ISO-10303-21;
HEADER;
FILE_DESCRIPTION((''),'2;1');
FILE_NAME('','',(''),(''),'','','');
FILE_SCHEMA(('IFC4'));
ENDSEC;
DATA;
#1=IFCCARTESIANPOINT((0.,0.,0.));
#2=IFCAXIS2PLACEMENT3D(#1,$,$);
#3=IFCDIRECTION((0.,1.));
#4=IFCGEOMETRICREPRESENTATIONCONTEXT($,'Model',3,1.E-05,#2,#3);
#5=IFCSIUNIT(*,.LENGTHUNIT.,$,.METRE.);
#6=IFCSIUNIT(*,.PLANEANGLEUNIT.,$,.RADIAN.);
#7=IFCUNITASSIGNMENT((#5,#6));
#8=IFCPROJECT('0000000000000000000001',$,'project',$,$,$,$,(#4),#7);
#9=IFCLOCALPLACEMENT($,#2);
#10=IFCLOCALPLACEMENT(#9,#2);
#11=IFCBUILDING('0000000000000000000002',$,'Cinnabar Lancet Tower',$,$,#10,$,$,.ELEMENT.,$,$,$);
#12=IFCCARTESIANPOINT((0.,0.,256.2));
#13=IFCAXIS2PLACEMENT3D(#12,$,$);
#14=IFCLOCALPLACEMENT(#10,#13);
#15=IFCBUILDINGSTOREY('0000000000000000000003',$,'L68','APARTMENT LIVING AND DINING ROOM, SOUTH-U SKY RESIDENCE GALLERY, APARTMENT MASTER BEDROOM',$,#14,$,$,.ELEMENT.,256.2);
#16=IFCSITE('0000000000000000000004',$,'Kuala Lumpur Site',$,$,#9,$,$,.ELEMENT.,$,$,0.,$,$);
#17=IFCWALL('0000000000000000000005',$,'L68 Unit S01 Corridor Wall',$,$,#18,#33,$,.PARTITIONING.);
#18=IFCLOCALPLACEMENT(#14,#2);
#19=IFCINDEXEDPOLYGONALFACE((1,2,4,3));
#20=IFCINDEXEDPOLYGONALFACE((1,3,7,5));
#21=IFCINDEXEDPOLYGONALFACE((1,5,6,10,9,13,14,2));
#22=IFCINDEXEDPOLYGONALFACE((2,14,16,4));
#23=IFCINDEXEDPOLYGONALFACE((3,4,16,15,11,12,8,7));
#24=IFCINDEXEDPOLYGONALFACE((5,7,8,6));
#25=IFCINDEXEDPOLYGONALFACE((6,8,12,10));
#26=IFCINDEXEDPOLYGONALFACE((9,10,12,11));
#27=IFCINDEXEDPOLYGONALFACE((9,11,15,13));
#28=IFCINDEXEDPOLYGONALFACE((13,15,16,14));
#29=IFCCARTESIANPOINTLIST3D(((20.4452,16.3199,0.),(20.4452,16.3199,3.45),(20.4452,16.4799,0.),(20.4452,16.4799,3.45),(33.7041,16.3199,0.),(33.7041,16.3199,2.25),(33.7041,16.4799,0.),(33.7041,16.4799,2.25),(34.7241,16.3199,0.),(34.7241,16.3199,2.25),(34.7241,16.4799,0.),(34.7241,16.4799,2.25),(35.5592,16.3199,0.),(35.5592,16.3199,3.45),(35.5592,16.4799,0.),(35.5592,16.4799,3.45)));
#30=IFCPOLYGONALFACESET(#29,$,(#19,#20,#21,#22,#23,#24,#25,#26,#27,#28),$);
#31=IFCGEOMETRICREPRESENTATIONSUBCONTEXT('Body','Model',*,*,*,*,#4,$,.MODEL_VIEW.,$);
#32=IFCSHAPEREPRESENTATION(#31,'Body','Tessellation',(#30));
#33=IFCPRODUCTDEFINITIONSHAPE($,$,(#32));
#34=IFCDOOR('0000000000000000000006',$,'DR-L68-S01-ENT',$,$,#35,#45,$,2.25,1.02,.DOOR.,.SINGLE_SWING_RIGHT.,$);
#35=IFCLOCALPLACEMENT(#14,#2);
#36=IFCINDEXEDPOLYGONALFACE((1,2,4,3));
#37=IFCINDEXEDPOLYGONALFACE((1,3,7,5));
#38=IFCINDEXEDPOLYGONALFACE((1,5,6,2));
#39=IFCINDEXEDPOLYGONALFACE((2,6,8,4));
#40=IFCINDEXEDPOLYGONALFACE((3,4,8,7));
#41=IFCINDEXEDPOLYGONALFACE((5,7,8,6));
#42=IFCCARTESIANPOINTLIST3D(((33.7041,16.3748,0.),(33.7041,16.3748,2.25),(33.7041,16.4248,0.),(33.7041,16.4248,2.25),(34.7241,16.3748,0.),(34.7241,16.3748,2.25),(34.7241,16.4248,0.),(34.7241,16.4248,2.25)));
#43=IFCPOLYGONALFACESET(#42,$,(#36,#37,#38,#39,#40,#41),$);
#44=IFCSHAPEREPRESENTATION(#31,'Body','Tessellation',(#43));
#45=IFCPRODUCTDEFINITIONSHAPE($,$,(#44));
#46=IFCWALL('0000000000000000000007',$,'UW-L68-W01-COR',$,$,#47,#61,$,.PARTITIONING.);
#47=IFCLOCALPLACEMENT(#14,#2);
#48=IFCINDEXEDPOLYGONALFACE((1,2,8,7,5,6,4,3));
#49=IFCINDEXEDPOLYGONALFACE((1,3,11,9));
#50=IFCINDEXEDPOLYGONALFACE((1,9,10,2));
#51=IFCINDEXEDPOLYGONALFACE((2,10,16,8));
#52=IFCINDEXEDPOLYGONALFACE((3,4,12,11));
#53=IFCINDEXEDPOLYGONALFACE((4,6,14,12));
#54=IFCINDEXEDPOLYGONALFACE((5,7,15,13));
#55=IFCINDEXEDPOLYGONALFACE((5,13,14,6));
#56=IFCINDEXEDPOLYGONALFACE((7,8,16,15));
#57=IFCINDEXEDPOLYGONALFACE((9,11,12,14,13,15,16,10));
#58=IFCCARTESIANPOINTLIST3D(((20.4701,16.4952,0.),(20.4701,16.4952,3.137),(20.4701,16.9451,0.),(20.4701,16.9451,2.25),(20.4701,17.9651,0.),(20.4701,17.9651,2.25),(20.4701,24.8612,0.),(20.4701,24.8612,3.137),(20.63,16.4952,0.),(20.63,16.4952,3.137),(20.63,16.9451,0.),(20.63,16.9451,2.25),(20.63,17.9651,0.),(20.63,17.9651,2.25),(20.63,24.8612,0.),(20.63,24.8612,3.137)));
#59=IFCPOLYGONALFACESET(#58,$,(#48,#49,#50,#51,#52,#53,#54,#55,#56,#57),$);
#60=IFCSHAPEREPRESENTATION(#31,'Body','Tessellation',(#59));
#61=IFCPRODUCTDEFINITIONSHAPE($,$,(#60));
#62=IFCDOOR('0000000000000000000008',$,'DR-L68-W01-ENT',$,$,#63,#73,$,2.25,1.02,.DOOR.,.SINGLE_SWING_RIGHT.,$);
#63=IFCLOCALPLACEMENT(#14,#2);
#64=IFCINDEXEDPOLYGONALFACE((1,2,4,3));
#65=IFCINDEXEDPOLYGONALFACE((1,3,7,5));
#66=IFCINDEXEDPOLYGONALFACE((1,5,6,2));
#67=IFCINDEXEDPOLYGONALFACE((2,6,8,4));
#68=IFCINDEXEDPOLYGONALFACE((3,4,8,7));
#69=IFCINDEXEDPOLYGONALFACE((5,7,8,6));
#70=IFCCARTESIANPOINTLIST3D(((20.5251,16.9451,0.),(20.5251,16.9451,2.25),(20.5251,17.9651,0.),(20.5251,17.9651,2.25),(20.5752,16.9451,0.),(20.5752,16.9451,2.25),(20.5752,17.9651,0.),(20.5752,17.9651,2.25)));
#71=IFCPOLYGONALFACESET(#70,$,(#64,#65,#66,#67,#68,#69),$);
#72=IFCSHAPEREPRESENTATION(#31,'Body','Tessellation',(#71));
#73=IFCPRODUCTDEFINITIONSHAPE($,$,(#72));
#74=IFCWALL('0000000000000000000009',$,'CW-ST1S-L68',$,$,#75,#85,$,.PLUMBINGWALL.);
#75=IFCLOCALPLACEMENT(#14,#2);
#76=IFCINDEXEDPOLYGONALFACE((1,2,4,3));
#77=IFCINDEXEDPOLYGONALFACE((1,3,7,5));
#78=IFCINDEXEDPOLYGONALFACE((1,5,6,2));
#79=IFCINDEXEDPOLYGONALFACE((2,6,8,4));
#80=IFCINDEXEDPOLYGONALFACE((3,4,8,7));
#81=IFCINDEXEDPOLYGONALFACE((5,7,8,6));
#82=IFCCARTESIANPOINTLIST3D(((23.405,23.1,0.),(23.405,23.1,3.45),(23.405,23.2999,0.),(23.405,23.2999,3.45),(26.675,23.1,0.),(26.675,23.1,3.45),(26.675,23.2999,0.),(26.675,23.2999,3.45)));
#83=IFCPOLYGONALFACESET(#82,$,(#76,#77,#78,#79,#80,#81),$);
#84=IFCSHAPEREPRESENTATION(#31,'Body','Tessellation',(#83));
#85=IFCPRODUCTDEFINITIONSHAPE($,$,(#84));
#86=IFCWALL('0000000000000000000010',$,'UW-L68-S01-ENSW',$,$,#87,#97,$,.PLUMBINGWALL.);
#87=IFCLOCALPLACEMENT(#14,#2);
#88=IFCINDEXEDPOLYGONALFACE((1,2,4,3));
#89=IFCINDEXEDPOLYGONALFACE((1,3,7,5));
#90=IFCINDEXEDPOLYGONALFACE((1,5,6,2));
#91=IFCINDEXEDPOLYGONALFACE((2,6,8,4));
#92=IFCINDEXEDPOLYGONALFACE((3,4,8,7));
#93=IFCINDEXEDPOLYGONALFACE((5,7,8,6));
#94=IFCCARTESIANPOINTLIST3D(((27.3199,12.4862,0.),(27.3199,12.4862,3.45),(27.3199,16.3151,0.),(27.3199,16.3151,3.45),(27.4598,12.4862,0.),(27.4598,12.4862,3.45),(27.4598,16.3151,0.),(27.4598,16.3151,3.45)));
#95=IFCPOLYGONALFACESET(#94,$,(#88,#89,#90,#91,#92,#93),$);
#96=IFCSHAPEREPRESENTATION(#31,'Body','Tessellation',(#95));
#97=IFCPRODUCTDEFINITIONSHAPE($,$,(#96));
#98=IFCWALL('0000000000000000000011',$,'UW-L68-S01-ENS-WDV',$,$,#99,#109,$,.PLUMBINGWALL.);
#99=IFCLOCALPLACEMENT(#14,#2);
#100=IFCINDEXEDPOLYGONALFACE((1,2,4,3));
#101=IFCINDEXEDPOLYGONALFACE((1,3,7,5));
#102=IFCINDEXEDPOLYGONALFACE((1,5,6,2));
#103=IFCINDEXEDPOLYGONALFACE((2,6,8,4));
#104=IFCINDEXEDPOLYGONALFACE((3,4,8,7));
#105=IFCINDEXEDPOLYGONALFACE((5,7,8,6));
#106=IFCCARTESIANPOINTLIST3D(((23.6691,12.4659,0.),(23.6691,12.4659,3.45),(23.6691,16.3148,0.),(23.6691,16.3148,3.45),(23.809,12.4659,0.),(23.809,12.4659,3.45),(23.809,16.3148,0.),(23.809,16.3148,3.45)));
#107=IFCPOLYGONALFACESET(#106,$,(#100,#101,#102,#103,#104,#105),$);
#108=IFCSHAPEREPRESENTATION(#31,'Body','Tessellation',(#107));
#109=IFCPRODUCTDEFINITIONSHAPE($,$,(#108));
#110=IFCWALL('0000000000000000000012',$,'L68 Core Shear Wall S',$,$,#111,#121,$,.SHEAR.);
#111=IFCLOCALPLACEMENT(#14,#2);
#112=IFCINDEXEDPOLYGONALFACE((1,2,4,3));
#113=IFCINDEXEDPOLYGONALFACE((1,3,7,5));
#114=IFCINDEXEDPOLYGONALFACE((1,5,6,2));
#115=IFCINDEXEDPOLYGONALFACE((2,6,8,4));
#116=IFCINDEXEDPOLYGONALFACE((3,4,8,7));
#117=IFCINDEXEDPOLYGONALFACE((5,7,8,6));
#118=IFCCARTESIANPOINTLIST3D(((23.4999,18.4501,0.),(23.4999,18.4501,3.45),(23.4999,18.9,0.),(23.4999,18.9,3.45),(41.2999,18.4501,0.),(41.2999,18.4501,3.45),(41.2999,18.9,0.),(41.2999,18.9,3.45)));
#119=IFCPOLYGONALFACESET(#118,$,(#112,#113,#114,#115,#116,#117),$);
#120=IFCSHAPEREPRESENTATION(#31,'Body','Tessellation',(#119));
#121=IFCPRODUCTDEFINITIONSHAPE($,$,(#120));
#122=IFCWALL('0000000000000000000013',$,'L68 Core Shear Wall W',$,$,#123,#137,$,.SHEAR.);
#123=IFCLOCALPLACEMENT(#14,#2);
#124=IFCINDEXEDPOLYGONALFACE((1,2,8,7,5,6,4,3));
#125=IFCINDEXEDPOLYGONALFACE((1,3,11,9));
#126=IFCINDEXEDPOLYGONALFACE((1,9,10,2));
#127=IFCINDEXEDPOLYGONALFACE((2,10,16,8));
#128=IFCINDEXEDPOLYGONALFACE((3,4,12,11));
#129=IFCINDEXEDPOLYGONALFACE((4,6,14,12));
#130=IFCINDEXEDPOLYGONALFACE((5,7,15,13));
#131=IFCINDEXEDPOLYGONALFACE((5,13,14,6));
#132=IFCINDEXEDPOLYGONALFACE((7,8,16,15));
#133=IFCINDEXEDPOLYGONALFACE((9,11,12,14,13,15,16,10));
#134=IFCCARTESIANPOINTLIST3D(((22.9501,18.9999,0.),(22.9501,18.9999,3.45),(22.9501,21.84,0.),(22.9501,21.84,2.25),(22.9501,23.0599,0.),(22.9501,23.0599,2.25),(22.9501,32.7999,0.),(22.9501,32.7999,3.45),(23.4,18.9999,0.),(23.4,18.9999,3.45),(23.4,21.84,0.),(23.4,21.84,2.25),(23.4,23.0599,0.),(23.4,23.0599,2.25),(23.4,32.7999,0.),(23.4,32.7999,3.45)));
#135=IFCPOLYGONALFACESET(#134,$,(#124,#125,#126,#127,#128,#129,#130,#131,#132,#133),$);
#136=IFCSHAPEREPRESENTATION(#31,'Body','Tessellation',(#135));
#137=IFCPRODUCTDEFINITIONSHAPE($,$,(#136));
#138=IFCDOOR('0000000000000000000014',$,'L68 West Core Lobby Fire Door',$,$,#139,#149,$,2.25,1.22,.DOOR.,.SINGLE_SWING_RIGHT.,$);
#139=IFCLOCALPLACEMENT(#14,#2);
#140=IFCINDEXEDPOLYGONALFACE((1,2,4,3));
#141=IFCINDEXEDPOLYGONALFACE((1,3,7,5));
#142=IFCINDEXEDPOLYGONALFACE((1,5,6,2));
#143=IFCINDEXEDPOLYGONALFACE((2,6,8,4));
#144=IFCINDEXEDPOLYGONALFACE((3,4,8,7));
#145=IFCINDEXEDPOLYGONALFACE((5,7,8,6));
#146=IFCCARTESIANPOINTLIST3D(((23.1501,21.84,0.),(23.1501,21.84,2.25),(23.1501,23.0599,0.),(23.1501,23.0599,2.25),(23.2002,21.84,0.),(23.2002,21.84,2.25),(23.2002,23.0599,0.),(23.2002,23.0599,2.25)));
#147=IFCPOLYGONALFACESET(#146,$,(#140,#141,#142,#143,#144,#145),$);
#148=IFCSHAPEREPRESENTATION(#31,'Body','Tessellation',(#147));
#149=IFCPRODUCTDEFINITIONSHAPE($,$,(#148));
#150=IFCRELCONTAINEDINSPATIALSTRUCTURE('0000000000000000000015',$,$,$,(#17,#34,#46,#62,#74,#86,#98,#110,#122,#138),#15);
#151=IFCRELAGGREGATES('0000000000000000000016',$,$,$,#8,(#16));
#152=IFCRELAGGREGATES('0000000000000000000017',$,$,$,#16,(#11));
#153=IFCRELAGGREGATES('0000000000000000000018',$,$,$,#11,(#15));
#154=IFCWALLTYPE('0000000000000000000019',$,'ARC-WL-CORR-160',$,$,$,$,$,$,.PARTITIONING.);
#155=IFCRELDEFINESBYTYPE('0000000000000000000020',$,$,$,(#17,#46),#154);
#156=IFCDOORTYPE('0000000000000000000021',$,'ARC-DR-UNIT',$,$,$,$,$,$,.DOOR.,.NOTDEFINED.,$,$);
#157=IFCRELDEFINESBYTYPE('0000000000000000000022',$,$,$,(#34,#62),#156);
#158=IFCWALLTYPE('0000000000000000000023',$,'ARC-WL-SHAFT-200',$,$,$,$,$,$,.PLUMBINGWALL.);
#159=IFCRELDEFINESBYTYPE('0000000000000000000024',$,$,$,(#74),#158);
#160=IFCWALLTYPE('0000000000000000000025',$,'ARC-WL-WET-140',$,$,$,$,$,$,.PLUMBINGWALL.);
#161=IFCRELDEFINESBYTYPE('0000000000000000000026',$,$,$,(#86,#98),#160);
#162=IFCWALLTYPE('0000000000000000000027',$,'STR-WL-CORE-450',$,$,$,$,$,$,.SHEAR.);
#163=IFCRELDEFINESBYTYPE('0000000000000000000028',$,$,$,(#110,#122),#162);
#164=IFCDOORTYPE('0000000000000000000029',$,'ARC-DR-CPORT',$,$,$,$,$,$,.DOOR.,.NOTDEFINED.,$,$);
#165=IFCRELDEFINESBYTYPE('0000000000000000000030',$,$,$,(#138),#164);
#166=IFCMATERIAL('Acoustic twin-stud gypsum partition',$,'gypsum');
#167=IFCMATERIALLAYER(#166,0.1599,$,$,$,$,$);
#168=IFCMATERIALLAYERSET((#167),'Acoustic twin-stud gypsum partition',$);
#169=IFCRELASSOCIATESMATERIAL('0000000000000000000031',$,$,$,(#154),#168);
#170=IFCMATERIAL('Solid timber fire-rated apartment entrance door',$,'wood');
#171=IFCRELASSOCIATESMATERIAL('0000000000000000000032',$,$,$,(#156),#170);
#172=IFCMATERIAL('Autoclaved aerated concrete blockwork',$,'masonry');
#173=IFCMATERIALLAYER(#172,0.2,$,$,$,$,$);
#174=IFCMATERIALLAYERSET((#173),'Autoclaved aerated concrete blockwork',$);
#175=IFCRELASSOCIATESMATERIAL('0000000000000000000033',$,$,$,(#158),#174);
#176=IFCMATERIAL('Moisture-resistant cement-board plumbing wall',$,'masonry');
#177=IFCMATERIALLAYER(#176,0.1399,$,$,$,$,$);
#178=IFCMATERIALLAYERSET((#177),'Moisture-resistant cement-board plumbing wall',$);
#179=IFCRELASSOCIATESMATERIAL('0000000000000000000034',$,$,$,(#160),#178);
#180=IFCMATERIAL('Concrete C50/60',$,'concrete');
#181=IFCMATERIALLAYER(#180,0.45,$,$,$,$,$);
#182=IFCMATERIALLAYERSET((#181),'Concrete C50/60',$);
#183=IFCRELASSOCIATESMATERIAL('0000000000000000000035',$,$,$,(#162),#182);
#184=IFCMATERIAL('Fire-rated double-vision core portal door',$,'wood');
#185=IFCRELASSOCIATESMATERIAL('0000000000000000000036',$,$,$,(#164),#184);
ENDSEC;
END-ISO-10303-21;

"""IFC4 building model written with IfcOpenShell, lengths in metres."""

from ifc_helpers import new_model, si_unit, direction, frame, frame_2d, origin, place, context, subcontext, project, spatial, rectangle, extrude, material, layer, layer_set, type_object, element, fill, save


model = new_model("IFC4")

# Units and contexts
model_context = context("Model", 3, precision=1e-05, world=origin(), true_north=direction((0.0, 1.0)))
body_context = subcontext(model_context, "Body", "Model", "MODEL_VIEW")
ifc_project = project(units=[si_unit("LENGTHUNIT", "METRE"), si_unit("PLANEANGLEUNIT", "RADIAN")], contexts=[model_context])

# Site, building, storey
site_placement = place(None, origin())
site = spatial("IfcSite", under=ifc_project, at=site_placement, Name="Kuala Lumpur Site", CompositionType="ELEMENT", RefElevation=0.0)
building_placement = place(site_placement, origin())
building = spatial("IfcBuilding", under=site, at=building_placement, Name="Cinnabar Lancet Tower", CompositionType="ELEMENT")
storey_placement = place(building_placement, frame((0.0, 0.0, 256.2)))
storey = spatial("IfcBuildingStorey", under=building, at=storey_placement, Name="L68", Description="APARTMENT LIVING AND DINING ROOM, SOUTH-U SKY RESIDENCE GALLERY, APARTMENT MASTER BEDROOM", CompositionType="ELEMENT", Elevation=256.2)

# Shared definitions
ifc_material_1 = material(Name="Acoustic twin-stud gypsum partition", Category="gypsum")
ifc_layer_1 = layer(ifc_material_1, 0.1599)
ifc_layer_set_1 = layer_set([ifc_layer_1], Name="Acoustic twin-stud gypsum partition")
wall_type_1 = type_object("IfcWallType", Name="ARC-WL-CORR-160", PredefinedType="PARTITIONING", material=ifc_layer_set_1)

# Walls, openings, doors
wall_1_placement = place(storey_placement, frame((20.4451, 16.3999, 0.0), z_axis=(0.0, 0.0, 1.0), x_axis=(1.0, 0.0, 0.0)))
wall_1 = element("IfcWall", 1, at=wall_1_placement, inside=storey, type_object=wall_type_1, Name="L68 Unit S01 Corridor Wall", PredefinedType="PARTITIONING", context=body_context, shape_type="SweptSolid", body=[
    extrude(rectangle(XDim=15.114, YDim=0.1599, at=frame_2d((7.5571, 0.0))), origin(), (0.0, 0.0, 1.0), 3.45),
])
opening_1_placement = place(wall_1_placement, frame((13.259, 0.0, 0.0)))
opening_1 = element("IfcOpeningElement", 2, at=opening_1_placement, cuts=wall_1, PredefinedType="OPENING", context=body_context, shape_type="SweptSolid", body=[
    extrude(rectangle(XDim=1.02, YDim=2.25, at=frame_2d((0.51, 1.125))), frame((0.0, 0.0898, 0.0), z_axis=(0.0, -1.0, 0.0), x_axis=(1.0, 0.0, 0.0)), (0.0, 0.0, 1.0), 0.1799),
])
ifc_material_2 = material(Name="Solid timber fire-rated apartment entrance door", Category="wood")
door_type_1 = type_object("IfcDoorType", Name="ARC-DR-UNIT", OperationType="NOTDEFINED", PredefinedType="DOOR", material=ifc_material_2)
door_1_placement = place(opening_1_placement, origin())
door_1 = element("IfcDoor", 3, at=door_1_placement, inside=storey, type_object=door_type_1, Name="DR-L68-S01-ENT", OperationType="SINGLE_SWING_RIGHT", OverallHeight=2.25, OverallWidth=1.02, PredefinedType="DOOR", context=body_context, shape_type="SweptSolid", body=[
    extrude(rectangle(XDim=1.02, YDim=2.25, at=frame_2d((0.51, 1.125))), frame((0.0, 0.0249, 0.0), z_axis=(0.0, -1.0, 0.0), x_axis=(1.0, 0.0, 0.0)), (0.0, 0.0, 1.0), 0.05),
])
fill(opening_1, door_1)
wall_2_placement = place(storey_placement, frame((20.55, 16.4951, 0.0), z_axis=(0.0, 0.0, 1.0), x_axis=(0.0, 1.0, 0.0)))
wall_2 = element("IfcWall", 4, at=wall_2_placement, inside=storey, type_object=wall_type_1, Name="UW-L68-W01-COR", PredefinedType="PARTITIONING", context=body_context, shape_type="SweptSolid", body=[
    extrude(rectangle(XDim=8.366, YDim=0.1599, at=frame_2d((4.1831, 0.0))), origin(), (0.0, 0.0, 1.0), 3.137),
])
opening_2_placement = place(wall_2_placement, frame((0.45, 0.0, 0.0)))
opening_2 = element("IfcOpeningElement", 5, at=opening_2_placement, cuts=wall_2, PredefinedType="OPENING", context=body_context, shape_type="SweptSolid", body=[
    extrude(rectangle(XDim=1.02, YDim=2.25, at=frame_2d((0.51, 1.125))), frame((0.0, 0.0898, 0.0), z_axis=(0.0, -1.0, 0.0), x_axis=(1.0, 0.0, 0.0)), (0.0, 0.0, 1.0), 0.1799),
])
door_2_placement = place(opening_2_placement, origin())
door_2 = element("IfcDoor", 6, at=door_2_placement, inside=storey, type_object=door_type_1, Name="DR-L68-W01-ENT", OperationType="SINGLE_SWING_RIGHT", OverallHeight=2.25, OverallWidth=1.02, PredefinedType="DOOR", context=body_context, shape_type="SweptSolid", body=[
    extrude(rectangle(XDim=1.02, YDim=2.25, at=frame_2d((0.51, 1.125))), frame((0.0, 0.0249, 0.0), z_axis=(0.0, -1.0, 0.0), x_axis=(1.0, 0.0, 0.0)), (0.0, 0.0, 1.0), 0.05),
])
fill(opening_2, door_2)

# Wall
ifc_material_3 = material(Name="Autoclaved aerated concrete blockwork", Category="masonry")
ifc_layer_2 = layer(ifc_material_3, 0.2)
ifc_layer_set_2 = layer_set([ifc_layer_2], Name="Autoclaved aerated concrete blockwork")
wall_type_2 = type_object("IfcWallType", Name="ARC-WL-SHAFT-200", PredefinedType="PLUMBINGWALL", material=ifc_layer_set_2)
wall_3_placement = place(storey_placement, frame((23.405, 23.2, 0.0), z_axis=(0.0, 0.0, 1.0), x_axis=(1.0, 0.0, 0.0)))
element("IfcWall", 7, at=wall_3_placement, inside=storey, type_object=wall_type_2, Name="CW-ST1S-L68", PredefinedType="PLUMBINGWALL", context=body_context, shape_type="SweptSolid", body=[
    extrude(rectangle(XDim=3.27, YDim=0.2, at=frame_2d((1.635, 0.0))), origin(), (0.0, 0.0, 1.0), 3.45),
])

# Walls
ifc_material_4 = material(Name="Moisture-resistant cement-board plumbing wall", Category="masonry")
ifc_layer_3 = layer(ifc_material_4, 0.1399)
ifc_layer_set_3 = layer_set([ifc_layer_3], Name="Moisture-resistant cement-board plumbing wall")
wall_type_3 = type_object("IfcWallType", Name="ARC-WL-WET-140", PredefinedType="PLUMBINGWALL", material=ifc_layer_set_3)
wall_4_placement = place(storey_placement, frame((27.3899, 12.4861, 0.0), z_axis=(0.0, 0.0, 1.0), x_axis=(0.0, 1.0, 0.0)))
element("IfcWall", 8, at=wall_4_placement, inside=storey, type_object=wall_type_3, Name="UW-L68-S01-ENSW", PredefinedType="PLUMBINGWALL", context=body_context, shape_type="SweptSolid", body=[
    extrude(rectangle(XDim=3.8289, YDim=0.1399, at=frame_2d((1.9146, 0.0))), origin(), (0.0, 0.0, 1.0), 3.45),
])
wall_5_placement = place(storey_placement, frame((23.739, 12.4661, 0.0), z_axis=(0.0, 0.0, 1.0), x_axis=(0.0, 1.0, 0.0)))
element("IfcWall", 9, at=wall_5_placement, inside=storey, type_object=wall_type_3, Name="UW-L68-S01-ENS-WDV", PredefinedType="PLUMBINGWALL", context=body_context, shape_type="SweptSolid", body=[
    extrude(rectangle(XDim=3.8489, YDim=0.1399, at=frame_2d((1.9243, 0.0))), origin(), (0.0, 0.0, 1.0), 3.45),
])
ifc_material_5 = material(Name="Concrete C50/60", Category="concrete")
ifc_layer_4 = layer(ifc_material_5, 0.45)
ifc_layer_set_4 = layer_set([ifc_layer_4], Name="Concrete C50/60")
wall_type_4 = type_object("IfcWallType", Name="STR-WL-CORE-450", PredefinedType="SHEAR", material=ifc_layer_set_4)
wall_6_placement = place(storey_placement, frame((23.5, 18.675, 0.0), z_axis=(0.0, 0.0, 1.0), x_axis=(1.0, 0.0, 0.0)))
element("IfcWall", 10, at=wall_6_placement, inside=storey, type_object=wall_type_4, Name="L68 Core Shear Wall S", PredefinedType="SHEAR", context=body_context, shape_type="SweptSolid", body=[
    extrude(rectangle(XDim=17.8, YDim=0.45, at=frame_2d((8.8999, 0.0))), origin(), (0.0, 0.0, 1.0), 3.45),
])

# Wall, opening, door
wall_7_placement = place(storey_placement, frame((23.175, 19.0, 0.0), z_axis=(0.0, 0.0, 1.0), x_axis=(0.0, 1.0, 0.0)))
wall_7 = element("IfcWall", 11, at=wall_7_placement, inside=storey, type_object=wall_type_4, Name="L68 Core Shear Wall W", PredefinedType="SHEAR", context=body_context, shape_type="SweptSolid", body=[
    extrude(rectangle(XDim=13.8, YDim=0.45, at=frame_2d((6.8999, 0.0))), origin(), (0.0, 0.0, 1.0), 3.45),
])
opening_3_placement = place(wall_7_placement, frame((2.8401, 0.0, 0.0)))
opening_3 = element("IfcOpeningElement", 12, at=opening_3_placement, cuts=wall_7, PredefinedType="OPENING", context=body_context, shape_type="SweptSolid", body=[
    extrude(rectangle(XDim=1.22, YDim=2.25, at=frame_2d((0.6099, 1.125))), frame((0.0, 0.2349, 0.0), z_axis=(0.0, -1.0, 0.0), x_axis=(1.0, 0.0, 0.0)), (0.0, 0.0, 1.0), 0.47),
])
ifc_material_6 = material(Name="Fire-rated double-vision core portal door", Category="wood")
door_type_2 = type_object("IfcDoorType", Name="ARC-DR-CPORT", OperationType="NOTDEFINED", PredefinedType="DOOR", material=ifc_material_6)
door_3_placement = place(opening_3_placement, origin())
door_3 = element("IfcDoor", 13, at=door_3_placement, inside=storey, type_object=door_type_2, Name="L68 West Core Lobby Fire Door", OperationType="SINGLE_SWING_RIGHT", OverallHeight=2.25, OverallWidth=1.22, PredefinedType="DOOR", context=body_context, shape_type="SweptSolid", body=[
    extrude(rectangle(XDim=1.22, YDim=2.25, at=frame_2d((0.6099, 1.125))), frame((0.0, 0.0249, 0.0), z_axis=(0.0, -1.0, 0.0), x_axis=(1.0, 0.0, 0.0)), (0.0, 0.0, 1.0), 0.05),
])
fill(opening_3, door_3)

save(model, "model.ifc")
